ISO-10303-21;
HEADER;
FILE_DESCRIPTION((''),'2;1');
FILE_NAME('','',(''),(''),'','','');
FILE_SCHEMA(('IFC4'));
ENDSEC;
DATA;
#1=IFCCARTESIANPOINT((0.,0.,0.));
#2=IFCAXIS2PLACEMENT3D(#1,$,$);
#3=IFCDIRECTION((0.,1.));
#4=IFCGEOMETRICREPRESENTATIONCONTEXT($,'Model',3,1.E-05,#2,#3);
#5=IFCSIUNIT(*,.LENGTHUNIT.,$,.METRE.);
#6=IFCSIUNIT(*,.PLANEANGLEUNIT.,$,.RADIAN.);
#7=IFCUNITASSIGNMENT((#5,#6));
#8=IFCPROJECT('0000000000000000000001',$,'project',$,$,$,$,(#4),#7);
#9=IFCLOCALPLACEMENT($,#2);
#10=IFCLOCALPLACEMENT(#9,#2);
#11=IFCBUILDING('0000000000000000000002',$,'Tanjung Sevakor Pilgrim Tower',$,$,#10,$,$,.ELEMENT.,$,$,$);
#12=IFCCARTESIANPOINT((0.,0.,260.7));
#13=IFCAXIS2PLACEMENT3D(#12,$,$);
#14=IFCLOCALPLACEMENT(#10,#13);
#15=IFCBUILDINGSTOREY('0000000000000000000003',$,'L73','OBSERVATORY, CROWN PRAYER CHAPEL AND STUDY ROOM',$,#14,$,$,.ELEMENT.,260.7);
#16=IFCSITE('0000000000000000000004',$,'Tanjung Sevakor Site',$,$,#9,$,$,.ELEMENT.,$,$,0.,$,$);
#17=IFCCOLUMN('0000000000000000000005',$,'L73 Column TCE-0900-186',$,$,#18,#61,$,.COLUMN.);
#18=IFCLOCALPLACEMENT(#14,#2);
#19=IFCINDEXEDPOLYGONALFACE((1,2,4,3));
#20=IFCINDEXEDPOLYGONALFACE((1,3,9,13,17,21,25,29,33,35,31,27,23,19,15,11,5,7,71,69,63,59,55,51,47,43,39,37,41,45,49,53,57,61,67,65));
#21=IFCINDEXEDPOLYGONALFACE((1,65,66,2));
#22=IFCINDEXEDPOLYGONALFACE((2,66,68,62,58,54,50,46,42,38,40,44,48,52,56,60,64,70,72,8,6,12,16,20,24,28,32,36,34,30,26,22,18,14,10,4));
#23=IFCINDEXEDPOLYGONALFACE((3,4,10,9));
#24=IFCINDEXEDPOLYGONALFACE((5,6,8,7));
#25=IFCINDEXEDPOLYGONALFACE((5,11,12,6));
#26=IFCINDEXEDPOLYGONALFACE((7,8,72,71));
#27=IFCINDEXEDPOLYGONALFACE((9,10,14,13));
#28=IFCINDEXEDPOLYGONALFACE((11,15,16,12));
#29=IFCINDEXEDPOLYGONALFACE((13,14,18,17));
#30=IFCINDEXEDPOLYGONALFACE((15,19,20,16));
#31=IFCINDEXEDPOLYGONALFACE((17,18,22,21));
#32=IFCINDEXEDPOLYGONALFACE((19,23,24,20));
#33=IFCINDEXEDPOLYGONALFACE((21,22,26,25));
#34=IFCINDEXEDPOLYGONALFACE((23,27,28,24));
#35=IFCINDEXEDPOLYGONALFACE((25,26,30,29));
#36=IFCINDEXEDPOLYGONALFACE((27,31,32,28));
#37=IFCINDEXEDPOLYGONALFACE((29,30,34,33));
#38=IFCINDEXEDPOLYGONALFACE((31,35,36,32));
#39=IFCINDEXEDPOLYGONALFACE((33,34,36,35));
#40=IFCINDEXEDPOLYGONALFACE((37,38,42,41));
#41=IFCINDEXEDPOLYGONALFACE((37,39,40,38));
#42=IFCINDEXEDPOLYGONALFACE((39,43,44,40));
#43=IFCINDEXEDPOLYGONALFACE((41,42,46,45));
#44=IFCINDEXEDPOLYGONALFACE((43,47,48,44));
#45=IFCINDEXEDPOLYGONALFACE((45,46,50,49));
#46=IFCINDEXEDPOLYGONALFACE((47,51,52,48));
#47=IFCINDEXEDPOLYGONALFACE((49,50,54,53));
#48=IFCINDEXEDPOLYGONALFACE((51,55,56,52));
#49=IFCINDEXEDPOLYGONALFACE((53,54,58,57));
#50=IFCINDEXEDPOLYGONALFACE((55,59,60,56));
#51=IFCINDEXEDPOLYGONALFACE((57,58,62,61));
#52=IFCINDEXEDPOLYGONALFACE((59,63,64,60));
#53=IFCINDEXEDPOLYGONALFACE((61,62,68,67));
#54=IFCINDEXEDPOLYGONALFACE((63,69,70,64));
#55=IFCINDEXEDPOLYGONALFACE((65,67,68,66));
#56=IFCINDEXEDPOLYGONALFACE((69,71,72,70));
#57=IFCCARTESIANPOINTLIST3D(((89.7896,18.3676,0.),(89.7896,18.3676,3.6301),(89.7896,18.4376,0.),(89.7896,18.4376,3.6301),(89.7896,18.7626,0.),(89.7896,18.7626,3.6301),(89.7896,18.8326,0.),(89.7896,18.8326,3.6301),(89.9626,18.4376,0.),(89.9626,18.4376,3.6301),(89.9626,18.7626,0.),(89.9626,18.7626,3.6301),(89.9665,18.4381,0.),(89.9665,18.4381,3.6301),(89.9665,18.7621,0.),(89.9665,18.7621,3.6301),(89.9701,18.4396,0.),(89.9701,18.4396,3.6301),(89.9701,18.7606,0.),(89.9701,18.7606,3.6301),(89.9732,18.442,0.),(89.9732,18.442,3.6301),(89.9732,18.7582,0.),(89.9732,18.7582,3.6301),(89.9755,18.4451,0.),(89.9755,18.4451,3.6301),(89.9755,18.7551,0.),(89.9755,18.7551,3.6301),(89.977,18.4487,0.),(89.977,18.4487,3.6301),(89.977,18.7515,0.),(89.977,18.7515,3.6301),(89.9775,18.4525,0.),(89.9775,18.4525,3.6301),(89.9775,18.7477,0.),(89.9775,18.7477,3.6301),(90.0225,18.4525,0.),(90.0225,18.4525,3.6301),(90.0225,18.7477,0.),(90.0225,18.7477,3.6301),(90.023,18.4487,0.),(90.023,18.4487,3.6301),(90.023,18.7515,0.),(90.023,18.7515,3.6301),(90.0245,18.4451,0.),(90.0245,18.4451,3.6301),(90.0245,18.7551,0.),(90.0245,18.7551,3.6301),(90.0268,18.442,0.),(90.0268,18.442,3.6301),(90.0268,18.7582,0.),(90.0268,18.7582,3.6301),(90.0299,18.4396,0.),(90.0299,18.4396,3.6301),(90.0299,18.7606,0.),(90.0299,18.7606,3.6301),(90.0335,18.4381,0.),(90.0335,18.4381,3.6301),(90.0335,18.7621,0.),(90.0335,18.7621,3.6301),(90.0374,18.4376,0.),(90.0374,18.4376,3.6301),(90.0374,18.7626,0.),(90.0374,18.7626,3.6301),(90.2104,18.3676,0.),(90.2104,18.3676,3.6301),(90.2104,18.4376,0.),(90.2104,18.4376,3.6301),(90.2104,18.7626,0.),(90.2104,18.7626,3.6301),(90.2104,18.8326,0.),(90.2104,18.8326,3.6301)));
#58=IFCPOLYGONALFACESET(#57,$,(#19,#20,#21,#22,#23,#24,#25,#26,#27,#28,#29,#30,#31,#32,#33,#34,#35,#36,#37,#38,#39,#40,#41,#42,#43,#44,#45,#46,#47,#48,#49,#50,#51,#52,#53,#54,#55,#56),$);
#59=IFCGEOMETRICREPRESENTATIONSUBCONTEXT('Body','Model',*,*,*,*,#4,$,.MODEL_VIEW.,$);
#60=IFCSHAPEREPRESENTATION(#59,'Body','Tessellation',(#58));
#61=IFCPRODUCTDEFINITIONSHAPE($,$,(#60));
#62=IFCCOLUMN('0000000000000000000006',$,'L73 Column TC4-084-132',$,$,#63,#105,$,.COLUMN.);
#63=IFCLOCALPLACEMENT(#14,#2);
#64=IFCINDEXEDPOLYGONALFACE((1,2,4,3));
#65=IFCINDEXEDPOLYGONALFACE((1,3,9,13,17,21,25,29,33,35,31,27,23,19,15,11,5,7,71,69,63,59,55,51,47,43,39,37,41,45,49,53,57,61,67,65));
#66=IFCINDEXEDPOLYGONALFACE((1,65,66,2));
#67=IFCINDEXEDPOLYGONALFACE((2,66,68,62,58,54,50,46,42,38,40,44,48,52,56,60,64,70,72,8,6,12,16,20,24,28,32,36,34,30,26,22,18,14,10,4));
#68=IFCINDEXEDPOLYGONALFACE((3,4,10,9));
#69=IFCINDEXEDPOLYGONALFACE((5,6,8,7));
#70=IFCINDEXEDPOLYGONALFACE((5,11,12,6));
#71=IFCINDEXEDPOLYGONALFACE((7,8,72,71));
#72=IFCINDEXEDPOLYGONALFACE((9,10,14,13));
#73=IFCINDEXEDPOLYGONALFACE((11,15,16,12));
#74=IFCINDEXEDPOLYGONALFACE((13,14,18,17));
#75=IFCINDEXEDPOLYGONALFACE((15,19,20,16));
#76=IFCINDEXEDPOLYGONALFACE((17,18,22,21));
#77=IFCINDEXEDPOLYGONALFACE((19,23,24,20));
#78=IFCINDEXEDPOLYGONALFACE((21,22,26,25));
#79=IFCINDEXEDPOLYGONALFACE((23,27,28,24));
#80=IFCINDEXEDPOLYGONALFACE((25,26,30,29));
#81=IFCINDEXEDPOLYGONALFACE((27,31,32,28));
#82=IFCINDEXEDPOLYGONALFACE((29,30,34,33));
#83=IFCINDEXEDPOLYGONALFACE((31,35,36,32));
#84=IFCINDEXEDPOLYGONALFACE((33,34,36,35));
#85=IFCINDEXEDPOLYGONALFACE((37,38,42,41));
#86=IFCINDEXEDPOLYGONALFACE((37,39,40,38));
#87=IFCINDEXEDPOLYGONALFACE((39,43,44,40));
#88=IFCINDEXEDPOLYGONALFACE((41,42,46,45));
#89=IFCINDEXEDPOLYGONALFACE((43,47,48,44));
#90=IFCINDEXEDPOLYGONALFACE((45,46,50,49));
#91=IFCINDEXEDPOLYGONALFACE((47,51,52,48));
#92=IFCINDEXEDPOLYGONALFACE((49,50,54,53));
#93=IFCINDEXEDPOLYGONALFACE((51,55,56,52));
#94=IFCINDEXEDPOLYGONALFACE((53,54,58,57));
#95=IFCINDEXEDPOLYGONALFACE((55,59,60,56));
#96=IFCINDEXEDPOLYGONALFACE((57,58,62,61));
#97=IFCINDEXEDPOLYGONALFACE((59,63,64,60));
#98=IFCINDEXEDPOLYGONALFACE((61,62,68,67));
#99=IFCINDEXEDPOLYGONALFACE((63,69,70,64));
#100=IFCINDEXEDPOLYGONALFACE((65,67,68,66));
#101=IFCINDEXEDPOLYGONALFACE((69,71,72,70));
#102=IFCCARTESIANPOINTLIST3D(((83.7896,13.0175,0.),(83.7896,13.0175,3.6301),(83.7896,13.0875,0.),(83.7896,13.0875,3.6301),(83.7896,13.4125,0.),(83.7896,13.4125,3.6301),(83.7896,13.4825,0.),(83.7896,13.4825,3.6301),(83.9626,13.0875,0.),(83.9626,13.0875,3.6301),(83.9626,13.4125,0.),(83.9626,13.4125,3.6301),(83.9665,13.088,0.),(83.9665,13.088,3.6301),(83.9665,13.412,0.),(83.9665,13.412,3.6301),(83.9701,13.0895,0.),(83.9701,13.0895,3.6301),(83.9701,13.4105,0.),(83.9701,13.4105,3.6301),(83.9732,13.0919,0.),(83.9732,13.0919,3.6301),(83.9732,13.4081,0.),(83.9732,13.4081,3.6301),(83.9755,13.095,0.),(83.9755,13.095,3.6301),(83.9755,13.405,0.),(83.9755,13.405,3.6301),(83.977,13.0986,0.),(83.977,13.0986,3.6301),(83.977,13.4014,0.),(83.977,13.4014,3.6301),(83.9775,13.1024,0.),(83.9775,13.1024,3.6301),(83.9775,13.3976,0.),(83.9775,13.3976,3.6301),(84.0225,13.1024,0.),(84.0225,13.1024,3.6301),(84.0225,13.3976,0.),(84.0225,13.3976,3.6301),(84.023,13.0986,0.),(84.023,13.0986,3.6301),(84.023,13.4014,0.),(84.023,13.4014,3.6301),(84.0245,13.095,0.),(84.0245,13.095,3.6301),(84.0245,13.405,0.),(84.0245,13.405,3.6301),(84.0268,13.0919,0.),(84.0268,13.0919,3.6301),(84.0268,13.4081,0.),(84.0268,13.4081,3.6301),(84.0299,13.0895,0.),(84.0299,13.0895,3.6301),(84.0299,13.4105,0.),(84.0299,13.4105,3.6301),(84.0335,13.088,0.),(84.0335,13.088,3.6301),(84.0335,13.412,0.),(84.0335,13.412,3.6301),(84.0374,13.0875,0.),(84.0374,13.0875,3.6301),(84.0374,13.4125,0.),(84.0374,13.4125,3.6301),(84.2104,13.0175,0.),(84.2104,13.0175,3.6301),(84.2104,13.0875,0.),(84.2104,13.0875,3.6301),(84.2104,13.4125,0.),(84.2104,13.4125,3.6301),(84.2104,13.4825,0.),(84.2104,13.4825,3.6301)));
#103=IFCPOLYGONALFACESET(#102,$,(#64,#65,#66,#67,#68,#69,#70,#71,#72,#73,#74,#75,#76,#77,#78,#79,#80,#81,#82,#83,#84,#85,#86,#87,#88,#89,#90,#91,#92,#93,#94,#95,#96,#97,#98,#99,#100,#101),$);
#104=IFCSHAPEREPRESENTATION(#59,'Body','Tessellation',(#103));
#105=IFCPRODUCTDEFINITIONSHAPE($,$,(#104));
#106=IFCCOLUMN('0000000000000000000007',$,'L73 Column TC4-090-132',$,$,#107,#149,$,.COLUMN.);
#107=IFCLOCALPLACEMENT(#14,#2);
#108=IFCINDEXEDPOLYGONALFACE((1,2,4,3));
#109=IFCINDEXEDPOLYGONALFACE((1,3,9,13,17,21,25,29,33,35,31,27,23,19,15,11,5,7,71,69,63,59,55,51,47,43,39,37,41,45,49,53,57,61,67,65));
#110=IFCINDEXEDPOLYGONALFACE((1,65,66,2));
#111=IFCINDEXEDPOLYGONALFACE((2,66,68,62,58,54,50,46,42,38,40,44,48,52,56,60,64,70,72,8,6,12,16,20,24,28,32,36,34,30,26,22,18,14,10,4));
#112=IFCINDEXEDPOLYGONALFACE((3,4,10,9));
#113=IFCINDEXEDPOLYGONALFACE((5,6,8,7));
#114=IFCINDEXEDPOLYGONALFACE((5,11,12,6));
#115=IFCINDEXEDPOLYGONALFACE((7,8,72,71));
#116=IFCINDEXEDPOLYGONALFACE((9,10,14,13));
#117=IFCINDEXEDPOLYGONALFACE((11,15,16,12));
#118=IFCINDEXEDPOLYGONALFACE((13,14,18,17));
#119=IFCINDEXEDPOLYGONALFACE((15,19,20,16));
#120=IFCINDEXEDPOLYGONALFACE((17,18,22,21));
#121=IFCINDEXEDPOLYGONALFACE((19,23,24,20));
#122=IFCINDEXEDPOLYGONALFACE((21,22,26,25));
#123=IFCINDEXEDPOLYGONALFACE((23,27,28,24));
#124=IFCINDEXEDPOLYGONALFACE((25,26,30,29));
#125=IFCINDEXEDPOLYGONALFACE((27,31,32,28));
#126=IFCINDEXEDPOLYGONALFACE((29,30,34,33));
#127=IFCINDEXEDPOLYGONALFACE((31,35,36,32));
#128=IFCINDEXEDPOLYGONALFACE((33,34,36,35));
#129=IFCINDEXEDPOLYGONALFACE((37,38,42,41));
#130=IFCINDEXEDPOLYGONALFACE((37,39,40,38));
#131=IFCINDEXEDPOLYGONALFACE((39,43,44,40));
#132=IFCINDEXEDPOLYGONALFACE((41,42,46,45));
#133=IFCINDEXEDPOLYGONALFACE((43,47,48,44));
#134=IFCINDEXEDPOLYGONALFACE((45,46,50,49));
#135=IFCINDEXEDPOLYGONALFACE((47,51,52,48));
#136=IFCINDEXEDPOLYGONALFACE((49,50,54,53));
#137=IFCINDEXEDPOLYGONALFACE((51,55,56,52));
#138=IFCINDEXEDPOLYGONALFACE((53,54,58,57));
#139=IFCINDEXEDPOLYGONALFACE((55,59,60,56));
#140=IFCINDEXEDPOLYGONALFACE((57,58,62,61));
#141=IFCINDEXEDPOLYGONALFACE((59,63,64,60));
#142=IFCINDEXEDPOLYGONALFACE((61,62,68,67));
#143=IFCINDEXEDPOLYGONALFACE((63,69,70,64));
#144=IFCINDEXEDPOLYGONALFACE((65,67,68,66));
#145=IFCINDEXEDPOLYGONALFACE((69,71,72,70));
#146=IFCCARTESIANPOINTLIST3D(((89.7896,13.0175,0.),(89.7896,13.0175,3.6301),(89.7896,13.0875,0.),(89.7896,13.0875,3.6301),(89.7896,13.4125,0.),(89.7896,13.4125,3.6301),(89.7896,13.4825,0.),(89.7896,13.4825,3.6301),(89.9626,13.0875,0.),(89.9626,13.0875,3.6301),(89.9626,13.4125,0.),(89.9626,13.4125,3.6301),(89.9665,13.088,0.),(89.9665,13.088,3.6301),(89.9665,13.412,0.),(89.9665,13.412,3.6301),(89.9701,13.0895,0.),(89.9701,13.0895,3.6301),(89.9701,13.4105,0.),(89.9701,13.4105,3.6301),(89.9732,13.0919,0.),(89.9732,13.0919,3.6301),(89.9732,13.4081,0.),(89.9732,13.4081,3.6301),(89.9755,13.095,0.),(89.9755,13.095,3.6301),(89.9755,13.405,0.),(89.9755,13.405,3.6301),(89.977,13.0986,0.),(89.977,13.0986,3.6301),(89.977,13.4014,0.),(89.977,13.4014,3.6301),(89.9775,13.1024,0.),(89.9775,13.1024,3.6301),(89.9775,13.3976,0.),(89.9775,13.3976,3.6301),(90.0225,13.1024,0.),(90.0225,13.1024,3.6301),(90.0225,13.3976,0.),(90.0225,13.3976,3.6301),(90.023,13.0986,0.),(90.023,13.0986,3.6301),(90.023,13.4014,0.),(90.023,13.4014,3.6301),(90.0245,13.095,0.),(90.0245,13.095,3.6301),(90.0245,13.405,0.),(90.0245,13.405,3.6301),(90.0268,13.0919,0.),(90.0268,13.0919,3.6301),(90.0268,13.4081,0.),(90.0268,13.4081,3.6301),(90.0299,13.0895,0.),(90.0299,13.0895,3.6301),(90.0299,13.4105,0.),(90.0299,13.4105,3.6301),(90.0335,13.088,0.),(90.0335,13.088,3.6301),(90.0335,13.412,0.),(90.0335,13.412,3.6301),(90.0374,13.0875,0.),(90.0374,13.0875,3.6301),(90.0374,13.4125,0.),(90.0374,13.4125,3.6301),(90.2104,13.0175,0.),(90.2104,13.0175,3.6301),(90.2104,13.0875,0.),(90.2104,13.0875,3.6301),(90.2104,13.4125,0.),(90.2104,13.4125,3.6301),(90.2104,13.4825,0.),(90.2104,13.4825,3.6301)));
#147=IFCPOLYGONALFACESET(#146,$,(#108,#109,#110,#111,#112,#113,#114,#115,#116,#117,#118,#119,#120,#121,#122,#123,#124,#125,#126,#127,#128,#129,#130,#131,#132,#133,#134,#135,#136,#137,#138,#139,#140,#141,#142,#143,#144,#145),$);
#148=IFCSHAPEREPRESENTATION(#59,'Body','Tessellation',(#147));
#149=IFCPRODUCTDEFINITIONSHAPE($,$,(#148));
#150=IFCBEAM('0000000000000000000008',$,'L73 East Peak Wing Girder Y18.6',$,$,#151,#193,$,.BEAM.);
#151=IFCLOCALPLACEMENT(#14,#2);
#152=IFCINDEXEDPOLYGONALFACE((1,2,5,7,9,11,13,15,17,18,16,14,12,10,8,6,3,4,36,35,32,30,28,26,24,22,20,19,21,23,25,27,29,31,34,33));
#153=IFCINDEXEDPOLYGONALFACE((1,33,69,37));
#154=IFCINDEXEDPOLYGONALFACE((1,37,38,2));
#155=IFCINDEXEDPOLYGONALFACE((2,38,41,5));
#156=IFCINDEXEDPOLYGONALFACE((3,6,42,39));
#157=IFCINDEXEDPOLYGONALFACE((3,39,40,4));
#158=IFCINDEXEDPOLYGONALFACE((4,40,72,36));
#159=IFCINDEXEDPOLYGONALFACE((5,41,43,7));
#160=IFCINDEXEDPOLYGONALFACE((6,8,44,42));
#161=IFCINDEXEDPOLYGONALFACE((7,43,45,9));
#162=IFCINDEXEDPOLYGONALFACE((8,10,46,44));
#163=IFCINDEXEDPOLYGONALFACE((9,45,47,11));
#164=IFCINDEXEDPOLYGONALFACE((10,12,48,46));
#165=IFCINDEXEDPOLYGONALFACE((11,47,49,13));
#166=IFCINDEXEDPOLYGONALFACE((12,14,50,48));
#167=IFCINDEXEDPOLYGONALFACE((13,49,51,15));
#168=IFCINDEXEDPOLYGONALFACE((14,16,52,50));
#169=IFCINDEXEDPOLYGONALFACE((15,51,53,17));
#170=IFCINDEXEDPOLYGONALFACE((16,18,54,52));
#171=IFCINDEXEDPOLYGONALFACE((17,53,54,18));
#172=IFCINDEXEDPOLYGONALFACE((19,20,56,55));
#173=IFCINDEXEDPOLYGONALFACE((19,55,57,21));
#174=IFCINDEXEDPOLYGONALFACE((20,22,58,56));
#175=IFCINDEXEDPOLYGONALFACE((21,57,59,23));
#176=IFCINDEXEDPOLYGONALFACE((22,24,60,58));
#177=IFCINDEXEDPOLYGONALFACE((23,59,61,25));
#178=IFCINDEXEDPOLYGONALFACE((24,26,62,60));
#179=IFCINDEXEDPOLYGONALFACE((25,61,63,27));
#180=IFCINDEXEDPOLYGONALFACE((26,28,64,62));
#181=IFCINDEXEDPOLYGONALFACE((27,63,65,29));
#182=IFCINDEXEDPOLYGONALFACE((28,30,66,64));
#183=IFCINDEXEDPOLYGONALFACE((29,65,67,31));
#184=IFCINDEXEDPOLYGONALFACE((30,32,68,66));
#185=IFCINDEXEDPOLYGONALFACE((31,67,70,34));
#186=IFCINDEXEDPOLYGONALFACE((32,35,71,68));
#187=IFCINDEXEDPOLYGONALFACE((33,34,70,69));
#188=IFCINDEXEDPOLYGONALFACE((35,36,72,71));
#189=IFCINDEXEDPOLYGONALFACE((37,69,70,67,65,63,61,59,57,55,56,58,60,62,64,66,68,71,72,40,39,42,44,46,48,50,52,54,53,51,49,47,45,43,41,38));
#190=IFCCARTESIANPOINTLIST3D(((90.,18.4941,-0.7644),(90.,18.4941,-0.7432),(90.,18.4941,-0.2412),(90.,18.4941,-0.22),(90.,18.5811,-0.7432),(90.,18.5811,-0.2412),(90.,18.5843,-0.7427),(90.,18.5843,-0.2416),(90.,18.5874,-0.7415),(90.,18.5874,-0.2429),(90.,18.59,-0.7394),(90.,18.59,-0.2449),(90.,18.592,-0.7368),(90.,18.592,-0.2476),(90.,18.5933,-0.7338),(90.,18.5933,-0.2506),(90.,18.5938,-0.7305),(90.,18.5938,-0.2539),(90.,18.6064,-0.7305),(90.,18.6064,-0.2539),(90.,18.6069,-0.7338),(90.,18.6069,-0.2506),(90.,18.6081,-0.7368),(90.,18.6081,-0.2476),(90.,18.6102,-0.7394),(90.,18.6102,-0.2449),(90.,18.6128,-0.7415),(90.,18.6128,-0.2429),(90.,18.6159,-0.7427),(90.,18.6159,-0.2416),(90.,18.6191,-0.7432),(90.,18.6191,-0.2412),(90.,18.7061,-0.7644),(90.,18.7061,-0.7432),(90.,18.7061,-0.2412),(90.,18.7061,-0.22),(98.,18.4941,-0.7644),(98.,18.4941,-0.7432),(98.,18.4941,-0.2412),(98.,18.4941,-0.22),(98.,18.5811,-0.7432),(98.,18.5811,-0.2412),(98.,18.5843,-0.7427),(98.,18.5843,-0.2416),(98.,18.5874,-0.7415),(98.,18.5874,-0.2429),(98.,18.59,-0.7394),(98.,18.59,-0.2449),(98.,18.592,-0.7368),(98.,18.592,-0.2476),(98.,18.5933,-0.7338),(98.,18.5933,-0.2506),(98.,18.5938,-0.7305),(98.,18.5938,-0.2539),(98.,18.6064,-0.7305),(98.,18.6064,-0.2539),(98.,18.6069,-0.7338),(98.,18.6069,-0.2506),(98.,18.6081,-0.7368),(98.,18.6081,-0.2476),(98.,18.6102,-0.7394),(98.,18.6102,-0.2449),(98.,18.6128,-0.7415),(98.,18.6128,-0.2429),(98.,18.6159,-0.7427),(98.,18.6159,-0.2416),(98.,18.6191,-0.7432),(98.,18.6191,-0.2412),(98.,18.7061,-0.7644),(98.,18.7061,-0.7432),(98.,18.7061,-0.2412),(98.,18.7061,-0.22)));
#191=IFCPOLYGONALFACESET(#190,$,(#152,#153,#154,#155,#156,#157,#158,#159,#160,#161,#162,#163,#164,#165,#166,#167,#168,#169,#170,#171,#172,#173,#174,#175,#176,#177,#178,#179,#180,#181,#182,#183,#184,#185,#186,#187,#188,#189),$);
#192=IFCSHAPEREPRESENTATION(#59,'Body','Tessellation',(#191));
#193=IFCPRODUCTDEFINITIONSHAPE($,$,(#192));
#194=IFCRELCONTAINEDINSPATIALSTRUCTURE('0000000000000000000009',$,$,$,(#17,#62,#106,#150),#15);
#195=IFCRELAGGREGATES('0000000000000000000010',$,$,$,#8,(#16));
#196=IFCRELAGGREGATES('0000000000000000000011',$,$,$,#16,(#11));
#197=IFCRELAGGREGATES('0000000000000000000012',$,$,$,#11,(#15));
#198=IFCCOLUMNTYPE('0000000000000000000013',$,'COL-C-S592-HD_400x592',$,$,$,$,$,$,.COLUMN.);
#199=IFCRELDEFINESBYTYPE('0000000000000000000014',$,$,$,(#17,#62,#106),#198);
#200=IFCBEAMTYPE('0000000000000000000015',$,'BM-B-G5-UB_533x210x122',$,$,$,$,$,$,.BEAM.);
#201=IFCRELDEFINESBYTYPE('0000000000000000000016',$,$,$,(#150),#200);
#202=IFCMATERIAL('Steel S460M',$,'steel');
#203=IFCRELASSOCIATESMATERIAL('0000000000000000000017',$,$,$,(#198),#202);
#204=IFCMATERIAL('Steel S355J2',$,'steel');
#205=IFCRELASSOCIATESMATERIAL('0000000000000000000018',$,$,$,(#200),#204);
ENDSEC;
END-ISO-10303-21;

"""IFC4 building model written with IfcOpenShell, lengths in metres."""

from ifc_helpers import new_model, si_unit, direction, frame, origin, origin_2d, place, context, subcontext, project, spatial, i_section, extrude, material, material_profile, profile_set, type_object, element, save


model = new_model("IFC4")

# Units and contexts
model_context = context("Model", 3, precision=1e-05, world=origin(), true_north=direction((0.0, 1.0)))
body_context = subcontext(model_context, "Body", "Model", "MODEL_VIEW")
ifc_project = project(units=[si_unit("LENGTHUNIT", "METRE"), si_unit("PLANEANGLEUNIT", "RADIAN")], contexts=[model_context])

# Site, building, storey
site_placement = place(None, origin())
site = spatial("IfcSite", under=ifc_project, at=site_placement, Name="Tanjung Sevakor Site", CompositionType="ELEMENT", RefElevation=0.0)
building_placement = place(site_placement, origin())
building = spatial("IfcBuilding", under=site, at=building_placement, Name="Tanjung Sevakor Pilgrim Tower", CompositionType="ELEMENT")
storey_placement = place(building_placement, frame((0.0, 0.0, 260.7)))
storey = spatial("IfcBuildingStorey", under=building, at=storey_placement, Name="L73", Description="OBSERVATORY, CROWN PRAYER CHAPEL AND STUDY ROOM", CompositionType="ELEMENT", Elevation=260.7)

# Columns
ifc_material_1 = material(Name="Steel S460M", Category="steel")
ifc_material_profile_1 = material_profile(ifc_material_1, i_section(OverallWidth=0.4209, OverallDepth=0.4651, WebThickness=0.0449, FlangeThickness=0.0701, FilletRadius=0.0149, at=origin_2d()))
ifc_profile_set_1 = profile_set([ifc_material_profile_1], Name="Steel S460M")
column_type = type_object("IfcColumnType", Name="COL-C-S592-HD_400x592", PredefinedType="COLUMN", material=ifc_profile_set_1)
for number, where, z_axis, x_axis, name in (
    (1, (90.0, 18.6001, 0.0), (0.0, 0.0, 1.0), (1.0, 0.0, 0.0), "L73 Column TCE-0900-186"),
    (2, (84.0, 13.25, 0.0), (0.0, 0.0, 1.0), (1.0, 0.0, 0.0), "L73 Column TC4-084-132"),
    (3, (90.0, 13.25, 0.0), (0.0, 0.0, 1.0), (1.0, 0.0, 0.0), "L73 Column TC4-090-132"),
):
    element("IfcColumn", number, at=place(storey_placement, frame(where, z_axis=z_axis, x_axis=x_axis)), inside=storey, type_object=column_type, Name=name, PredefinedType="COLUMN", context=body_context, shape_type="SweptSolid", body=[
        extrude(i_section(OverallWidth=0.4209, OverallDepth=0.4651, WebThickness=0.0449, FlangeThickness=0.0701, FilletRadius=0.0149, at=origin_2d()), origin(), (0.0, 0.0, 1.0), 3.6301),
    ])

# Beam
ifc_material_2 = material(Name="Steel S355J2", Category="steel")
ifc_material_profile_2 = material_profile(ifc_material_2, i_section(OverallWidth=0.2119, OverallDepth=0.5444, WebThickness=0.0127, FlangeThickness=0.0212, FilletRadius=0.0127, at=origin_2d()))
ifc_profile_set_2 = profile_set([ifc_material_profile_2], Name="Steel S355J2")
beam_type_1 = type_object("IfcBeamType", Name="BM-B-G5-UB_533x210x122", PredefinedType="BEAM", material=ifc_profile_set_2)
beam_1_placement = place(storey_placement, frame((90.0, 18.6001, -0.4922), z_axis=(1.0, 0.0, 0.0), x_axis=(0.0, 1.0, 0.0)))
element("IfcBeam", 4, at=beam_1_placement, inside=storey, type_object=beam_type_1, Name="L73 East Peak Wing Girder Y18.6", PredefinedType="BEAM", context=body_context, shape_type="SweptSolid", body=[
    extrude(i_section(OverallWidth=0.2119, OverallDepth=0.5444, WebThickness=0.0127, FlangeThickness=0.0212, FilletRadius=0.0127, at=origin_2d()), origin(), (0.0, 0.0, 1.0), 8.0),
])

save(model, "model.ifc")
